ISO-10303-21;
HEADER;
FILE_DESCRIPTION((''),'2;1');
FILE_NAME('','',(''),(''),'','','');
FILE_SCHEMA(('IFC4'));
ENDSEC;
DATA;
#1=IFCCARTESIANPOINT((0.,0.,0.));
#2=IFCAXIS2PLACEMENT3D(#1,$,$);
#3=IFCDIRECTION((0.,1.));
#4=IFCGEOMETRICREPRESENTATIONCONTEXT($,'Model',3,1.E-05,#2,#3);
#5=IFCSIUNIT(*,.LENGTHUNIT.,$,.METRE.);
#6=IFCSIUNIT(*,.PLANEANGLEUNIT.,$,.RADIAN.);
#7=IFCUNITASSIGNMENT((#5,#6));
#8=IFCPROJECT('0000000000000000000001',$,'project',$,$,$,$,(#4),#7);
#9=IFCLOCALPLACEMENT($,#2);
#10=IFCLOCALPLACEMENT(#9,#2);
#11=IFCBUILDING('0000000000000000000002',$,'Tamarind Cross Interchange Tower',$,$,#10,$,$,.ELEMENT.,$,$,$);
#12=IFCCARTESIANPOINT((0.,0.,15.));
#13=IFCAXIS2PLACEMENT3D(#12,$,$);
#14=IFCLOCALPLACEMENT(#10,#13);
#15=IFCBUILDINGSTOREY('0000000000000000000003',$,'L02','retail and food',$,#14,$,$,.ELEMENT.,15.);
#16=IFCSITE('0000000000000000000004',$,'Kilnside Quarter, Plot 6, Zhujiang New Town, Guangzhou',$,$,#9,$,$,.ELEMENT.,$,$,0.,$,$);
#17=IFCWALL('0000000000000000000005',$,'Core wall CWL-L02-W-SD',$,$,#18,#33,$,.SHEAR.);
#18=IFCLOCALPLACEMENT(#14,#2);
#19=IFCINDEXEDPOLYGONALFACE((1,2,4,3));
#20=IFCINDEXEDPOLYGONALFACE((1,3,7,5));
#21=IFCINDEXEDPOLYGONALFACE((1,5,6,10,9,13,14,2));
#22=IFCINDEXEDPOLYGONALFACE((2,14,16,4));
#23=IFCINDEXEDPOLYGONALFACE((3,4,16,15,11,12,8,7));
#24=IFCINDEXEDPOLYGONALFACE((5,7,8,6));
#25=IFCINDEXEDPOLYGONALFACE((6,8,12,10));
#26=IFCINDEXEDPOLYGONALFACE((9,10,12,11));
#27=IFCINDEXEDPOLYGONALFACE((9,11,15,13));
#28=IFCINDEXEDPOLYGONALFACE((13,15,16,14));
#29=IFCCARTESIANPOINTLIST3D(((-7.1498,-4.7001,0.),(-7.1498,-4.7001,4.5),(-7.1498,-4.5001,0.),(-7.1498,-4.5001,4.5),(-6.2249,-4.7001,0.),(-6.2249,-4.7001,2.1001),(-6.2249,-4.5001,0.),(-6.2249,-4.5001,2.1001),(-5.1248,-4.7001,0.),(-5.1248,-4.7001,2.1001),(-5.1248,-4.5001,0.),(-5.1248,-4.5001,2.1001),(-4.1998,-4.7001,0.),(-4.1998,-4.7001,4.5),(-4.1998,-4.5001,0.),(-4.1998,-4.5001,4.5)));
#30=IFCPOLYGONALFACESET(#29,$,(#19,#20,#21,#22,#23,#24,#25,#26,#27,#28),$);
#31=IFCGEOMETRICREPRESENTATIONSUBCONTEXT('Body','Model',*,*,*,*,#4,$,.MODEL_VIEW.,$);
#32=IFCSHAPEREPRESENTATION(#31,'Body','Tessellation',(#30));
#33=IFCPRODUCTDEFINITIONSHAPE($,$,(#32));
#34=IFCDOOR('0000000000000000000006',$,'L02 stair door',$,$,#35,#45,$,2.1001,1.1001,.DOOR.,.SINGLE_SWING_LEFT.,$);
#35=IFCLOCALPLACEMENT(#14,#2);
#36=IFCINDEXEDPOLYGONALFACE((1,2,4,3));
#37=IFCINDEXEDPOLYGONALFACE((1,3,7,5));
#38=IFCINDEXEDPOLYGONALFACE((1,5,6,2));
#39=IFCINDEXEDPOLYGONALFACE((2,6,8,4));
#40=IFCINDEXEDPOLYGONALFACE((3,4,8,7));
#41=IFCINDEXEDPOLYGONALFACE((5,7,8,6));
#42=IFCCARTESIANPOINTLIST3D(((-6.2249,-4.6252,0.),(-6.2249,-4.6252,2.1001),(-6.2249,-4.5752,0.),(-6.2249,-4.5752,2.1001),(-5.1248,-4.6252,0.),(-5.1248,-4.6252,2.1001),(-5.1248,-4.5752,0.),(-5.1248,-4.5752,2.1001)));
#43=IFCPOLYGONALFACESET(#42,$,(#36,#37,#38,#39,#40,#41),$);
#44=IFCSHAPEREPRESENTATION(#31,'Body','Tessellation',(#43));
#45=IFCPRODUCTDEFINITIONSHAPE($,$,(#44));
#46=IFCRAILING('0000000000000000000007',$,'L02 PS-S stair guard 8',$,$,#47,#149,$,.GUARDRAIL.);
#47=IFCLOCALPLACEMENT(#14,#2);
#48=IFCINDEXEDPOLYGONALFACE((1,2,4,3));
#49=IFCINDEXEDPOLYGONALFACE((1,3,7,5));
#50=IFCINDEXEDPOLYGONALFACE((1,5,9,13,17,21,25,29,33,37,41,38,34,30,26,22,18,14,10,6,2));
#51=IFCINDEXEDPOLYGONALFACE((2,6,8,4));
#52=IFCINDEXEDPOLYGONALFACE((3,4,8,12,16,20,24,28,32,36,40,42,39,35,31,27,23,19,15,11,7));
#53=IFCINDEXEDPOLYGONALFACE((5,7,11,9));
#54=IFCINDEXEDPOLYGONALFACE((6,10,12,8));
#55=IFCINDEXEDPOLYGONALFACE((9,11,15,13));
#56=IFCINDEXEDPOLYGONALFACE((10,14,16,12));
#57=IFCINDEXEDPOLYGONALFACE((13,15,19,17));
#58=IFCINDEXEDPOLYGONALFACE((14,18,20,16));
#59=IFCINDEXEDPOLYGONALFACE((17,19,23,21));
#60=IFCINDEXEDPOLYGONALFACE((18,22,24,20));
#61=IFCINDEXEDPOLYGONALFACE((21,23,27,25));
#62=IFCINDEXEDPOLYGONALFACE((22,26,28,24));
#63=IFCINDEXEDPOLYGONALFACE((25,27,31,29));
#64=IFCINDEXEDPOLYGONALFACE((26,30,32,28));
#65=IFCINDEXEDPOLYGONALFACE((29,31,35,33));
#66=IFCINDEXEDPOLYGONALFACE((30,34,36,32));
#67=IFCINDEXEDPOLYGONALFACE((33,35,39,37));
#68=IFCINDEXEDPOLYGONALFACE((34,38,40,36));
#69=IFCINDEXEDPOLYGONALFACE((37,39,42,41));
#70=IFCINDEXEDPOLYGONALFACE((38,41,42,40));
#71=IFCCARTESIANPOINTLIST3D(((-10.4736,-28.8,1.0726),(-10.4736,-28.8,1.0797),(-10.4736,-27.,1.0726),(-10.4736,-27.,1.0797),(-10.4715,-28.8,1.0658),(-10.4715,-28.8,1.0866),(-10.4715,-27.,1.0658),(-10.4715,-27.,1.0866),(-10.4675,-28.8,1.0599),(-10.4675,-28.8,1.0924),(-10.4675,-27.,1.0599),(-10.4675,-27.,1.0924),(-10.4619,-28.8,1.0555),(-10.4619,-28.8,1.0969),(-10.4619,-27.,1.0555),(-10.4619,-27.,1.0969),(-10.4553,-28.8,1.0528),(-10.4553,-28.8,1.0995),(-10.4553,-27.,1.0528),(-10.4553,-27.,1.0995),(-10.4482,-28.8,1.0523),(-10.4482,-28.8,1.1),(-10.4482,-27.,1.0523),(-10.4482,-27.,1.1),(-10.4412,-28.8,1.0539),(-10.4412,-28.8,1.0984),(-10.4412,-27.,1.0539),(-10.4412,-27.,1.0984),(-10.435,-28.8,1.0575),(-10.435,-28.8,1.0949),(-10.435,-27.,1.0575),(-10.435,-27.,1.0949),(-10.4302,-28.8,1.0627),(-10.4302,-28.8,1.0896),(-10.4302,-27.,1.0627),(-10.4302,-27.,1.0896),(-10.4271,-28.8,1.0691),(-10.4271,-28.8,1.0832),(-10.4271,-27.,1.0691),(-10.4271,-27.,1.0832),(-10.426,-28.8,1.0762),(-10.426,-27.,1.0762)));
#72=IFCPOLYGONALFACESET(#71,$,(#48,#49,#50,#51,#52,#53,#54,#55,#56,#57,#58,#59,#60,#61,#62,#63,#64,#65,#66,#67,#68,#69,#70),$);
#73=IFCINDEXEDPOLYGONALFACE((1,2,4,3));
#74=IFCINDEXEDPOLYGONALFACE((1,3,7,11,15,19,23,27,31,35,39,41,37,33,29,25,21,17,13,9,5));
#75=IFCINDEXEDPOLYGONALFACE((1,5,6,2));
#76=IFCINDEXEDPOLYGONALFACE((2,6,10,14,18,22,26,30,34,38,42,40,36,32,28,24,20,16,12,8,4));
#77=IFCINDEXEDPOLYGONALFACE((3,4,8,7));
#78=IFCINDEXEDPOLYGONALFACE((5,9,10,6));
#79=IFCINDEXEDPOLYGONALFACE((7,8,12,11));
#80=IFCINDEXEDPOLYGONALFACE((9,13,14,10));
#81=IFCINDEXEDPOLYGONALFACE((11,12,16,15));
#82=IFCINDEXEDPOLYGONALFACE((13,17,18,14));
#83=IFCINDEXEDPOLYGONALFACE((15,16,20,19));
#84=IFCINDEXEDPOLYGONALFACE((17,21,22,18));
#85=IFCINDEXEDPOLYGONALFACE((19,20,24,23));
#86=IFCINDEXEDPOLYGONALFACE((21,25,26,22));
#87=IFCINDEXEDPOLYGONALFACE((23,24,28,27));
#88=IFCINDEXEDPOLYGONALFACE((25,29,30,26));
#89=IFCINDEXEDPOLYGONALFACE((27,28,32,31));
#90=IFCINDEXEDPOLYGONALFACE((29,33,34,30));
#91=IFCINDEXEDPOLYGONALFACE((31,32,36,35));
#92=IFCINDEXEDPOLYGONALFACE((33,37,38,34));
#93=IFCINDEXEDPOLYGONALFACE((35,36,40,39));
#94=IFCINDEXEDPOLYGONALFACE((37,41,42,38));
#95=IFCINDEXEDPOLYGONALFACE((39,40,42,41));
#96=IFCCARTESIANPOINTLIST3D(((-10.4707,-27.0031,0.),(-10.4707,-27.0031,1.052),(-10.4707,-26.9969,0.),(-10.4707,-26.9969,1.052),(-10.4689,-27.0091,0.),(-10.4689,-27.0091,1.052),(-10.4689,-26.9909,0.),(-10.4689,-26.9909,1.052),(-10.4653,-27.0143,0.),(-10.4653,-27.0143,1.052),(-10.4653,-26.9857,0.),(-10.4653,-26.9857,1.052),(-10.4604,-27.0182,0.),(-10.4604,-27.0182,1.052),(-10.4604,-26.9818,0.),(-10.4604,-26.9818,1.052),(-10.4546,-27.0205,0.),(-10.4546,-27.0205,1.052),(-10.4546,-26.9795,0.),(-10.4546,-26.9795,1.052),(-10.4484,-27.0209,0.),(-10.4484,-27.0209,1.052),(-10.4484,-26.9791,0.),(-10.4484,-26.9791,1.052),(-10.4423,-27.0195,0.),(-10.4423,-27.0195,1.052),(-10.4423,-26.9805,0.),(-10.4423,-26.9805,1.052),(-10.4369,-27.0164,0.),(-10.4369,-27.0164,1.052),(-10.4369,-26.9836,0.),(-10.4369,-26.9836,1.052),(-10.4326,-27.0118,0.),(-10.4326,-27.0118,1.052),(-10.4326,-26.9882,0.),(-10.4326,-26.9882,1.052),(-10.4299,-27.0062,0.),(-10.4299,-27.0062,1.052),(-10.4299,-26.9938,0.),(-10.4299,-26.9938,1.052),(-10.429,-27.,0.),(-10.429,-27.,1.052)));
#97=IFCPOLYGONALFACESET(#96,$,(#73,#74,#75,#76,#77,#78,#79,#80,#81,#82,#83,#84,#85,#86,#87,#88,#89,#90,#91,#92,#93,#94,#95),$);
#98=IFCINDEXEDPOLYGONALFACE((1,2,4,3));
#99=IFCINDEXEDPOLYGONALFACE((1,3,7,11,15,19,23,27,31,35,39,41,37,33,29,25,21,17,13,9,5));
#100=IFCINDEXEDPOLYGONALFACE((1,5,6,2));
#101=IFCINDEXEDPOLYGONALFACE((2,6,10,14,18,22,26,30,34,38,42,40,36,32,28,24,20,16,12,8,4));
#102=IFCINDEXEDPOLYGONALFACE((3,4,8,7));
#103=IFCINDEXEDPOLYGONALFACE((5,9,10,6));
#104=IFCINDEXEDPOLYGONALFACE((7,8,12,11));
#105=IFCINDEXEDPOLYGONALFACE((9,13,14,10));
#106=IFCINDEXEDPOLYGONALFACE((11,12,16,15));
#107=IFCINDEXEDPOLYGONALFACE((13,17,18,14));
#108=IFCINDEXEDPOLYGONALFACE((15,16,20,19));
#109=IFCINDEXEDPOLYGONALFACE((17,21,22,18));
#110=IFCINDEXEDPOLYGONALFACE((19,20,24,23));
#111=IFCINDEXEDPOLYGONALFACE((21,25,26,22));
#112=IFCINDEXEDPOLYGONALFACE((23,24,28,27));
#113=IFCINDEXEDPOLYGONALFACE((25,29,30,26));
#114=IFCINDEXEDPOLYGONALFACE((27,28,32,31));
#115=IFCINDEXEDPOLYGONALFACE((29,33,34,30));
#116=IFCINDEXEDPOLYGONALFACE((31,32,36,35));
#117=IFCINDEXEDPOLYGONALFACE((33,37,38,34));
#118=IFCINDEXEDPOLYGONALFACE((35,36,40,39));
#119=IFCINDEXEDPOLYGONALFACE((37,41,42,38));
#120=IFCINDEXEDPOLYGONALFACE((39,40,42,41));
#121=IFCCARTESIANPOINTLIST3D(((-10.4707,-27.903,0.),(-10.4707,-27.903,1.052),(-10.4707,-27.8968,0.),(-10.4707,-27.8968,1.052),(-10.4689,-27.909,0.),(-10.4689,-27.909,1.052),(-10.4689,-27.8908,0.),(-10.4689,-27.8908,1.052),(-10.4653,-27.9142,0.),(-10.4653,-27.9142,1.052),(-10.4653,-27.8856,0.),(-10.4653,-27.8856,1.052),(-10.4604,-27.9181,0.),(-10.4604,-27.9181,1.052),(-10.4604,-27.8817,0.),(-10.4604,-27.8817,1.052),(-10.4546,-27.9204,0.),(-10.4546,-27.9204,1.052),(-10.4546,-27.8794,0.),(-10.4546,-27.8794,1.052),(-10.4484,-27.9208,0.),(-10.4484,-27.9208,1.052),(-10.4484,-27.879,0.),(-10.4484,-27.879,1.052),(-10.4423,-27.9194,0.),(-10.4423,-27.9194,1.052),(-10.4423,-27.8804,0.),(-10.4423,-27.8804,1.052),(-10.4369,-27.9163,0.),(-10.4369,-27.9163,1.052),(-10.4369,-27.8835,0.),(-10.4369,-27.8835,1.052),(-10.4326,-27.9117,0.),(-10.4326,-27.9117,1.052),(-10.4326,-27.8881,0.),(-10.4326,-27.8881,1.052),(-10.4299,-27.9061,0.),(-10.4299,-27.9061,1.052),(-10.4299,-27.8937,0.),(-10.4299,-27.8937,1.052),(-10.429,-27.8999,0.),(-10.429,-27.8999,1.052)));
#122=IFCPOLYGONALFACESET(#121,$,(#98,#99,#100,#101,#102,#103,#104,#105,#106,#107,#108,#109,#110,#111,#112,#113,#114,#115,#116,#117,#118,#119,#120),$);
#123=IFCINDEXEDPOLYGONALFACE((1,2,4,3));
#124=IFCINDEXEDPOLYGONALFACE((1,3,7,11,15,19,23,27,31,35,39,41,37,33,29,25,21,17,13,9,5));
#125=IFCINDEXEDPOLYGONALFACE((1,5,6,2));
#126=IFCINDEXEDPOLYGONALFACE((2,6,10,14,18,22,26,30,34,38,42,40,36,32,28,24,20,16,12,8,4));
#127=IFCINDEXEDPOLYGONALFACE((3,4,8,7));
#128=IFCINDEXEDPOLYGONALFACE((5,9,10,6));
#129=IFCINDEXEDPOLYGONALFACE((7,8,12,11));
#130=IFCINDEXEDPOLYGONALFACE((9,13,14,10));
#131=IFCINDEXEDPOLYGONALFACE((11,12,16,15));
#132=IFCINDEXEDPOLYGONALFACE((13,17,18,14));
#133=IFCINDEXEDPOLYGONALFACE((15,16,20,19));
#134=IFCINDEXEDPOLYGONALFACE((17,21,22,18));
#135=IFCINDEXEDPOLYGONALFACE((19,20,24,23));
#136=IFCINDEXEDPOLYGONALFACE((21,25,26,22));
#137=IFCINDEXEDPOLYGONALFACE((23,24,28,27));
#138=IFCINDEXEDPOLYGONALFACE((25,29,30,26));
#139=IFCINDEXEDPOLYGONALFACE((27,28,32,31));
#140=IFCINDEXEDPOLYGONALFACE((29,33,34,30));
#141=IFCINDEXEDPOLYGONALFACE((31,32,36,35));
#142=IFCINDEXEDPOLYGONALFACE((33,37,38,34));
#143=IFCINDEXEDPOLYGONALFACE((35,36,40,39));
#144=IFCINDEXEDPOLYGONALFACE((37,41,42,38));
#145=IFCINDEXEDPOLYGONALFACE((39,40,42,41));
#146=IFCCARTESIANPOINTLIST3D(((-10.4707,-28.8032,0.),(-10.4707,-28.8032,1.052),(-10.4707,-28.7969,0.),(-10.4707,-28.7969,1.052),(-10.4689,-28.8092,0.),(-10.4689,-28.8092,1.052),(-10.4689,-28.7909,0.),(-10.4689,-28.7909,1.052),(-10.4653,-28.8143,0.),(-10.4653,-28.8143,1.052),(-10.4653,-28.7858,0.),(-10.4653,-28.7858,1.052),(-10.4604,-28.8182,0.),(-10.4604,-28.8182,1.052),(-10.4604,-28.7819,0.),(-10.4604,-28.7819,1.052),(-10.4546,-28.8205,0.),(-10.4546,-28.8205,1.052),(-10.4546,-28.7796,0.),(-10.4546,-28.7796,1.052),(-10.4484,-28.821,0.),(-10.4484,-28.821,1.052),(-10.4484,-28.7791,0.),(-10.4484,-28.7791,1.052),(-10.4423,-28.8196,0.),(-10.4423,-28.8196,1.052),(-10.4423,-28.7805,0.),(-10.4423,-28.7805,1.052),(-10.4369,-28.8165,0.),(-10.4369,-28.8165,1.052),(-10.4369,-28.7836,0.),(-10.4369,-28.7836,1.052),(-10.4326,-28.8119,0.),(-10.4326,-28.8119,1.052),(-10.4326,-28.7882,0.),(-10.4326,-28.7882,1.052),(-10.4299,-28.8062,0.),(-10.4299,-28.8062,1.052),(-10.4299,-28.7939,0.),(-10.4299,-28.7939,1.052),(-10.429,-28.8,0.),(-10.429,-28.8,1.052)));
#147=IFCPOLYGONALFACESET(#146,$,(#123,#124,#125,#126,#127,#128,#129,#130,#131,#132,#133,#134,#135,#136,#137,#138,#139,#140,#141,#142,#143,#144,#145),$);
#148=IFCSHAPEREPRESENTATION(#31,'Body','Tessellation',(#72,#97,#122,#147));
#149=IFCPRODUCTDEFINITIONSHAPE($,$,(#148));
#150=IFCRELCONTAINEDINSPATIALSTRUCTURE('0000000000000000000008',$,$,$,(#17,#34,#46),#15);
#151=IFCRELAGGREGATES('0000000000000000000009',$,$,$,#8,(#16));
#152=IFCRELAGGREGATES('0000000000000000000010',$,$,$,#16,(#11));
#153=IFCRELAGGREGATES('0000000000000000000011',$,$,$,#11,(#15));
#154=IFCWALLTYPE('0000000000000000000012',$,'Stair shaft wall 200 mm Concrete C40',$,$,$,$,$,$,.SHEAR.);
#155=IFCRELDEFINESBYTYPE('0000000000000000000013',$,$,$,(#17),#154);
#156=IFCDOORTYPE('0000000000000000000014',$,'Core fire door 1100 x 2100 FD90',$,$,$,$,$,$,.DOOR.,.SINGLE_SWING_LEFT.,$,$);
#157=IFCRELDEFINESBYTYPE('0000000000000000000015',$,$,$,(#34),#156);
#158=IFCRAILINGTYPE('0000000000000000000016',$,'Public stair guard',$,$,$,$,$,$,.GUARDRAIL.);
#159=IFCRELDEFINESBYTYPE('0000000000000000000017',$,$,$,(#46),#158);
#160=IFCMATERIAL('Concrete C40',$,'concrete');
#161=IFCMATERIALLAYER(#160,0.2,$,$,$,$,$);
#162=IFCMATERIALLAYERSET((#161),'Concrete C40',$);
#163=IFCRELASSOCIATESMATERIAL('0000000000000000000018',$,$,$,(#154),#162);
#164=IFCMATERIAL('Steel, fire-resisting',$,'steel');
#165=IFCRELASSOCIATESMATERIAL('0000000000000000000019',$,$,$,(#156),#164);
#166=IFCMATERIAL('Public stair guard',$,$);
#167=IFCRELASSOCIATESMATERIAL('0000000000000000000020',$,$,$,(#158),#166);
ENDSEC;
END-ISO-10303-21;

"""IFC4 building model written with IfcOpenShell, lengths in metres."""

from ifc_helpers import new_model, si_unit, direction, frame, frame_2d, origin, origin_2d, place, context, subcontext, project, spatial, rectangle, circle, extrude, material, layer, layer_set, type_object, element, fill, save


model = new_model("IFC4")

# Units and contexts
model_context = context("Model", 3, precision=1e-05, world=origin(), true_north=direction((0.0, 1.0)))
body_context = subcontext(model_context, "Body", "Model", "MODEL_VIEW")
ifc_project = project(units=[si_unit("LENGTHUNIT", "METRE"), si_unit("PLANEANGLEUNIT", "RADIAN")], contexts=[model_context])

# Site, building, storey
site_placement = place(None, origin())
site = spatial("IfcSite", under=ifc_project, at=site_placement, Name="Kilnside Quarter, Plot 6, Zhujiang New Town, Guangzhou", CompositionType="ELEMENT", RefElevation=0.0)
building_placement = place(site_placement, origin())
building = spatial("IfcBuilding", under=site, at=building_placement, Name="Tamarind Cross Interchange Tower", CompositionType="ELEMENT")
storey_placement = place(building_placement, frame((0.0, 0.0, 15.0)))
storey = spatial("IfcBuildingStorey", under=building, at=storey_placement, Name="L02", Description="retail and food", CompositionType="ELEMENT", Elevation=15.0)

# Shared definitions
ifc_material_1 = material(Name="Steel, fire-resisting", Category="steel")

# Wall, opening, door
ifc_material_2 = material(Name="Concrete C40", Category="concrete")
ifc_layer_1 = layer(ifc_material_2, 0.2)
ifc_layer_set_1 = layer_set([ifc_layer_1], Name="Concrete C40")
wall_type_1 = type_object("IfcWallType", Name="Stair shaft wall 200 mm Concrete C40", PredefinedType="SHEAR", material=ifc_layer_set_1)
wall_1_placement = place(storey_placement, frame((-7.1499, -4.6001, 0.0), z_axis=(0.0, 0.0, 1.0), x_axis=(1.0, 0.0, 0.0)))
wall_1 = element("IfcWall", 1, at=wall_1_placement, inside=storey, type_object=wall_type_1, Name="Core wall CWL-L02-W-SD", PredefinedType="SHEAR", context=body_context, shape_type="SweptSolid", body=[
    extrude(rectangle(XDim=2.95, YDim=0.2, at=frame_2d((1.4751, 0.0))), origin(), (0.0, 0.0, 1.0), 4.5),
])
opening_1_placement = place(wall_1_placement, frame((0.925, 0.0, 0.0)))
opening_1 = element("IfcOpeningElement", 2, at=opening_1_placement, cuts=wall_1, PredefinedType="OPENING", context=body_context, shape_type="SweptSolid", body=[
    extrude(rectangle(XDim=1.1001, YDim=2.1001, at=frame_2d((0.55, 1.05))), frame((0.0, 0.1099, 0.0), z_axis=(0.0, -1.0, 0.0), x_axis=(1.0, 0.0, 0.0)), (0.0, 0.0, 1.0), 0.22),
])
door_type_1 = type_object("IfcDoorType", Name="Core fire door 1100 x 2100 FD90", OperationType="SINGLE_SWING_LEFT", PredefinedType="DOOR", material=ifc_material_1)
door_1_placement = place(opening_1_placement, origin())
door_1 = element("IfcDoor", 3, at=door_1_placement, inside=storey, type_object=door_type_1, Name="L02 stair door", OperationType="SINGLE_SWING_LEFT", OverallHeight=2.1001, OverallWidth=1.1001, PredefinedType="DOOR", context=body_context, shape_type="SweptSolid", body=[
    extrude(rectangle(XDim=1.1001, YDim=2.1001, at=frame_2d((0.55, 1.05))), frame((0.0, 0.0249, 0.0), z_axis=(0.0, -1.0, 0.0), x_axis=(1.0, 0.0, 0.0)), (0.0, 0.0, 1.0), 0.05),
])
fill(opening_1, door_1)

# Railing
ifc_material_3 = material(Name="Public stair guard")
railing_type = type_object("IfcRailingType", Name="Public stair guard", PredefinedType="GUARDRAIL", material=ifc_material_3)
for number, where, name in (
    (4, (-10.45, -27.0, 0.0), "L02 PS-S stair guard 8"),
):
    element("IfcRailing", number, at=place(storey_placement, frame(where)), inside=storey, type_object=railing_type, Name=name, PredefinedType="GUARDRAIL", context=body_context, shape_type="SweptSolid", body=[
        extrude(circle(Radius=0.0239, at=origin_2d()), frame((0.0, 0.0, 1.0762), z_axis=(0.0, -1.0, 0.0), x_axis=(1.0, 0.0, 0.0)), (0.0, 0.0, 1.0), 1.8),
        extrude(circle(Radius=0.021, at=origin_2d()), origin(), (0.0, 0.0, 1.0), 1.052),
        extrude(circle(Radius=0.021, at=origin_2d()), frame((0.0, -0.8999, 0.0)), (0.0, 0.0, 1.0), 1.052),
        extrude(circle(Radius=0.021, at=origin_2d()), frame((0.0, -1.8, 0.0)), (0.0, 0.0, 1.0), 1.052),
    ])

save(model, "model.ifc")
